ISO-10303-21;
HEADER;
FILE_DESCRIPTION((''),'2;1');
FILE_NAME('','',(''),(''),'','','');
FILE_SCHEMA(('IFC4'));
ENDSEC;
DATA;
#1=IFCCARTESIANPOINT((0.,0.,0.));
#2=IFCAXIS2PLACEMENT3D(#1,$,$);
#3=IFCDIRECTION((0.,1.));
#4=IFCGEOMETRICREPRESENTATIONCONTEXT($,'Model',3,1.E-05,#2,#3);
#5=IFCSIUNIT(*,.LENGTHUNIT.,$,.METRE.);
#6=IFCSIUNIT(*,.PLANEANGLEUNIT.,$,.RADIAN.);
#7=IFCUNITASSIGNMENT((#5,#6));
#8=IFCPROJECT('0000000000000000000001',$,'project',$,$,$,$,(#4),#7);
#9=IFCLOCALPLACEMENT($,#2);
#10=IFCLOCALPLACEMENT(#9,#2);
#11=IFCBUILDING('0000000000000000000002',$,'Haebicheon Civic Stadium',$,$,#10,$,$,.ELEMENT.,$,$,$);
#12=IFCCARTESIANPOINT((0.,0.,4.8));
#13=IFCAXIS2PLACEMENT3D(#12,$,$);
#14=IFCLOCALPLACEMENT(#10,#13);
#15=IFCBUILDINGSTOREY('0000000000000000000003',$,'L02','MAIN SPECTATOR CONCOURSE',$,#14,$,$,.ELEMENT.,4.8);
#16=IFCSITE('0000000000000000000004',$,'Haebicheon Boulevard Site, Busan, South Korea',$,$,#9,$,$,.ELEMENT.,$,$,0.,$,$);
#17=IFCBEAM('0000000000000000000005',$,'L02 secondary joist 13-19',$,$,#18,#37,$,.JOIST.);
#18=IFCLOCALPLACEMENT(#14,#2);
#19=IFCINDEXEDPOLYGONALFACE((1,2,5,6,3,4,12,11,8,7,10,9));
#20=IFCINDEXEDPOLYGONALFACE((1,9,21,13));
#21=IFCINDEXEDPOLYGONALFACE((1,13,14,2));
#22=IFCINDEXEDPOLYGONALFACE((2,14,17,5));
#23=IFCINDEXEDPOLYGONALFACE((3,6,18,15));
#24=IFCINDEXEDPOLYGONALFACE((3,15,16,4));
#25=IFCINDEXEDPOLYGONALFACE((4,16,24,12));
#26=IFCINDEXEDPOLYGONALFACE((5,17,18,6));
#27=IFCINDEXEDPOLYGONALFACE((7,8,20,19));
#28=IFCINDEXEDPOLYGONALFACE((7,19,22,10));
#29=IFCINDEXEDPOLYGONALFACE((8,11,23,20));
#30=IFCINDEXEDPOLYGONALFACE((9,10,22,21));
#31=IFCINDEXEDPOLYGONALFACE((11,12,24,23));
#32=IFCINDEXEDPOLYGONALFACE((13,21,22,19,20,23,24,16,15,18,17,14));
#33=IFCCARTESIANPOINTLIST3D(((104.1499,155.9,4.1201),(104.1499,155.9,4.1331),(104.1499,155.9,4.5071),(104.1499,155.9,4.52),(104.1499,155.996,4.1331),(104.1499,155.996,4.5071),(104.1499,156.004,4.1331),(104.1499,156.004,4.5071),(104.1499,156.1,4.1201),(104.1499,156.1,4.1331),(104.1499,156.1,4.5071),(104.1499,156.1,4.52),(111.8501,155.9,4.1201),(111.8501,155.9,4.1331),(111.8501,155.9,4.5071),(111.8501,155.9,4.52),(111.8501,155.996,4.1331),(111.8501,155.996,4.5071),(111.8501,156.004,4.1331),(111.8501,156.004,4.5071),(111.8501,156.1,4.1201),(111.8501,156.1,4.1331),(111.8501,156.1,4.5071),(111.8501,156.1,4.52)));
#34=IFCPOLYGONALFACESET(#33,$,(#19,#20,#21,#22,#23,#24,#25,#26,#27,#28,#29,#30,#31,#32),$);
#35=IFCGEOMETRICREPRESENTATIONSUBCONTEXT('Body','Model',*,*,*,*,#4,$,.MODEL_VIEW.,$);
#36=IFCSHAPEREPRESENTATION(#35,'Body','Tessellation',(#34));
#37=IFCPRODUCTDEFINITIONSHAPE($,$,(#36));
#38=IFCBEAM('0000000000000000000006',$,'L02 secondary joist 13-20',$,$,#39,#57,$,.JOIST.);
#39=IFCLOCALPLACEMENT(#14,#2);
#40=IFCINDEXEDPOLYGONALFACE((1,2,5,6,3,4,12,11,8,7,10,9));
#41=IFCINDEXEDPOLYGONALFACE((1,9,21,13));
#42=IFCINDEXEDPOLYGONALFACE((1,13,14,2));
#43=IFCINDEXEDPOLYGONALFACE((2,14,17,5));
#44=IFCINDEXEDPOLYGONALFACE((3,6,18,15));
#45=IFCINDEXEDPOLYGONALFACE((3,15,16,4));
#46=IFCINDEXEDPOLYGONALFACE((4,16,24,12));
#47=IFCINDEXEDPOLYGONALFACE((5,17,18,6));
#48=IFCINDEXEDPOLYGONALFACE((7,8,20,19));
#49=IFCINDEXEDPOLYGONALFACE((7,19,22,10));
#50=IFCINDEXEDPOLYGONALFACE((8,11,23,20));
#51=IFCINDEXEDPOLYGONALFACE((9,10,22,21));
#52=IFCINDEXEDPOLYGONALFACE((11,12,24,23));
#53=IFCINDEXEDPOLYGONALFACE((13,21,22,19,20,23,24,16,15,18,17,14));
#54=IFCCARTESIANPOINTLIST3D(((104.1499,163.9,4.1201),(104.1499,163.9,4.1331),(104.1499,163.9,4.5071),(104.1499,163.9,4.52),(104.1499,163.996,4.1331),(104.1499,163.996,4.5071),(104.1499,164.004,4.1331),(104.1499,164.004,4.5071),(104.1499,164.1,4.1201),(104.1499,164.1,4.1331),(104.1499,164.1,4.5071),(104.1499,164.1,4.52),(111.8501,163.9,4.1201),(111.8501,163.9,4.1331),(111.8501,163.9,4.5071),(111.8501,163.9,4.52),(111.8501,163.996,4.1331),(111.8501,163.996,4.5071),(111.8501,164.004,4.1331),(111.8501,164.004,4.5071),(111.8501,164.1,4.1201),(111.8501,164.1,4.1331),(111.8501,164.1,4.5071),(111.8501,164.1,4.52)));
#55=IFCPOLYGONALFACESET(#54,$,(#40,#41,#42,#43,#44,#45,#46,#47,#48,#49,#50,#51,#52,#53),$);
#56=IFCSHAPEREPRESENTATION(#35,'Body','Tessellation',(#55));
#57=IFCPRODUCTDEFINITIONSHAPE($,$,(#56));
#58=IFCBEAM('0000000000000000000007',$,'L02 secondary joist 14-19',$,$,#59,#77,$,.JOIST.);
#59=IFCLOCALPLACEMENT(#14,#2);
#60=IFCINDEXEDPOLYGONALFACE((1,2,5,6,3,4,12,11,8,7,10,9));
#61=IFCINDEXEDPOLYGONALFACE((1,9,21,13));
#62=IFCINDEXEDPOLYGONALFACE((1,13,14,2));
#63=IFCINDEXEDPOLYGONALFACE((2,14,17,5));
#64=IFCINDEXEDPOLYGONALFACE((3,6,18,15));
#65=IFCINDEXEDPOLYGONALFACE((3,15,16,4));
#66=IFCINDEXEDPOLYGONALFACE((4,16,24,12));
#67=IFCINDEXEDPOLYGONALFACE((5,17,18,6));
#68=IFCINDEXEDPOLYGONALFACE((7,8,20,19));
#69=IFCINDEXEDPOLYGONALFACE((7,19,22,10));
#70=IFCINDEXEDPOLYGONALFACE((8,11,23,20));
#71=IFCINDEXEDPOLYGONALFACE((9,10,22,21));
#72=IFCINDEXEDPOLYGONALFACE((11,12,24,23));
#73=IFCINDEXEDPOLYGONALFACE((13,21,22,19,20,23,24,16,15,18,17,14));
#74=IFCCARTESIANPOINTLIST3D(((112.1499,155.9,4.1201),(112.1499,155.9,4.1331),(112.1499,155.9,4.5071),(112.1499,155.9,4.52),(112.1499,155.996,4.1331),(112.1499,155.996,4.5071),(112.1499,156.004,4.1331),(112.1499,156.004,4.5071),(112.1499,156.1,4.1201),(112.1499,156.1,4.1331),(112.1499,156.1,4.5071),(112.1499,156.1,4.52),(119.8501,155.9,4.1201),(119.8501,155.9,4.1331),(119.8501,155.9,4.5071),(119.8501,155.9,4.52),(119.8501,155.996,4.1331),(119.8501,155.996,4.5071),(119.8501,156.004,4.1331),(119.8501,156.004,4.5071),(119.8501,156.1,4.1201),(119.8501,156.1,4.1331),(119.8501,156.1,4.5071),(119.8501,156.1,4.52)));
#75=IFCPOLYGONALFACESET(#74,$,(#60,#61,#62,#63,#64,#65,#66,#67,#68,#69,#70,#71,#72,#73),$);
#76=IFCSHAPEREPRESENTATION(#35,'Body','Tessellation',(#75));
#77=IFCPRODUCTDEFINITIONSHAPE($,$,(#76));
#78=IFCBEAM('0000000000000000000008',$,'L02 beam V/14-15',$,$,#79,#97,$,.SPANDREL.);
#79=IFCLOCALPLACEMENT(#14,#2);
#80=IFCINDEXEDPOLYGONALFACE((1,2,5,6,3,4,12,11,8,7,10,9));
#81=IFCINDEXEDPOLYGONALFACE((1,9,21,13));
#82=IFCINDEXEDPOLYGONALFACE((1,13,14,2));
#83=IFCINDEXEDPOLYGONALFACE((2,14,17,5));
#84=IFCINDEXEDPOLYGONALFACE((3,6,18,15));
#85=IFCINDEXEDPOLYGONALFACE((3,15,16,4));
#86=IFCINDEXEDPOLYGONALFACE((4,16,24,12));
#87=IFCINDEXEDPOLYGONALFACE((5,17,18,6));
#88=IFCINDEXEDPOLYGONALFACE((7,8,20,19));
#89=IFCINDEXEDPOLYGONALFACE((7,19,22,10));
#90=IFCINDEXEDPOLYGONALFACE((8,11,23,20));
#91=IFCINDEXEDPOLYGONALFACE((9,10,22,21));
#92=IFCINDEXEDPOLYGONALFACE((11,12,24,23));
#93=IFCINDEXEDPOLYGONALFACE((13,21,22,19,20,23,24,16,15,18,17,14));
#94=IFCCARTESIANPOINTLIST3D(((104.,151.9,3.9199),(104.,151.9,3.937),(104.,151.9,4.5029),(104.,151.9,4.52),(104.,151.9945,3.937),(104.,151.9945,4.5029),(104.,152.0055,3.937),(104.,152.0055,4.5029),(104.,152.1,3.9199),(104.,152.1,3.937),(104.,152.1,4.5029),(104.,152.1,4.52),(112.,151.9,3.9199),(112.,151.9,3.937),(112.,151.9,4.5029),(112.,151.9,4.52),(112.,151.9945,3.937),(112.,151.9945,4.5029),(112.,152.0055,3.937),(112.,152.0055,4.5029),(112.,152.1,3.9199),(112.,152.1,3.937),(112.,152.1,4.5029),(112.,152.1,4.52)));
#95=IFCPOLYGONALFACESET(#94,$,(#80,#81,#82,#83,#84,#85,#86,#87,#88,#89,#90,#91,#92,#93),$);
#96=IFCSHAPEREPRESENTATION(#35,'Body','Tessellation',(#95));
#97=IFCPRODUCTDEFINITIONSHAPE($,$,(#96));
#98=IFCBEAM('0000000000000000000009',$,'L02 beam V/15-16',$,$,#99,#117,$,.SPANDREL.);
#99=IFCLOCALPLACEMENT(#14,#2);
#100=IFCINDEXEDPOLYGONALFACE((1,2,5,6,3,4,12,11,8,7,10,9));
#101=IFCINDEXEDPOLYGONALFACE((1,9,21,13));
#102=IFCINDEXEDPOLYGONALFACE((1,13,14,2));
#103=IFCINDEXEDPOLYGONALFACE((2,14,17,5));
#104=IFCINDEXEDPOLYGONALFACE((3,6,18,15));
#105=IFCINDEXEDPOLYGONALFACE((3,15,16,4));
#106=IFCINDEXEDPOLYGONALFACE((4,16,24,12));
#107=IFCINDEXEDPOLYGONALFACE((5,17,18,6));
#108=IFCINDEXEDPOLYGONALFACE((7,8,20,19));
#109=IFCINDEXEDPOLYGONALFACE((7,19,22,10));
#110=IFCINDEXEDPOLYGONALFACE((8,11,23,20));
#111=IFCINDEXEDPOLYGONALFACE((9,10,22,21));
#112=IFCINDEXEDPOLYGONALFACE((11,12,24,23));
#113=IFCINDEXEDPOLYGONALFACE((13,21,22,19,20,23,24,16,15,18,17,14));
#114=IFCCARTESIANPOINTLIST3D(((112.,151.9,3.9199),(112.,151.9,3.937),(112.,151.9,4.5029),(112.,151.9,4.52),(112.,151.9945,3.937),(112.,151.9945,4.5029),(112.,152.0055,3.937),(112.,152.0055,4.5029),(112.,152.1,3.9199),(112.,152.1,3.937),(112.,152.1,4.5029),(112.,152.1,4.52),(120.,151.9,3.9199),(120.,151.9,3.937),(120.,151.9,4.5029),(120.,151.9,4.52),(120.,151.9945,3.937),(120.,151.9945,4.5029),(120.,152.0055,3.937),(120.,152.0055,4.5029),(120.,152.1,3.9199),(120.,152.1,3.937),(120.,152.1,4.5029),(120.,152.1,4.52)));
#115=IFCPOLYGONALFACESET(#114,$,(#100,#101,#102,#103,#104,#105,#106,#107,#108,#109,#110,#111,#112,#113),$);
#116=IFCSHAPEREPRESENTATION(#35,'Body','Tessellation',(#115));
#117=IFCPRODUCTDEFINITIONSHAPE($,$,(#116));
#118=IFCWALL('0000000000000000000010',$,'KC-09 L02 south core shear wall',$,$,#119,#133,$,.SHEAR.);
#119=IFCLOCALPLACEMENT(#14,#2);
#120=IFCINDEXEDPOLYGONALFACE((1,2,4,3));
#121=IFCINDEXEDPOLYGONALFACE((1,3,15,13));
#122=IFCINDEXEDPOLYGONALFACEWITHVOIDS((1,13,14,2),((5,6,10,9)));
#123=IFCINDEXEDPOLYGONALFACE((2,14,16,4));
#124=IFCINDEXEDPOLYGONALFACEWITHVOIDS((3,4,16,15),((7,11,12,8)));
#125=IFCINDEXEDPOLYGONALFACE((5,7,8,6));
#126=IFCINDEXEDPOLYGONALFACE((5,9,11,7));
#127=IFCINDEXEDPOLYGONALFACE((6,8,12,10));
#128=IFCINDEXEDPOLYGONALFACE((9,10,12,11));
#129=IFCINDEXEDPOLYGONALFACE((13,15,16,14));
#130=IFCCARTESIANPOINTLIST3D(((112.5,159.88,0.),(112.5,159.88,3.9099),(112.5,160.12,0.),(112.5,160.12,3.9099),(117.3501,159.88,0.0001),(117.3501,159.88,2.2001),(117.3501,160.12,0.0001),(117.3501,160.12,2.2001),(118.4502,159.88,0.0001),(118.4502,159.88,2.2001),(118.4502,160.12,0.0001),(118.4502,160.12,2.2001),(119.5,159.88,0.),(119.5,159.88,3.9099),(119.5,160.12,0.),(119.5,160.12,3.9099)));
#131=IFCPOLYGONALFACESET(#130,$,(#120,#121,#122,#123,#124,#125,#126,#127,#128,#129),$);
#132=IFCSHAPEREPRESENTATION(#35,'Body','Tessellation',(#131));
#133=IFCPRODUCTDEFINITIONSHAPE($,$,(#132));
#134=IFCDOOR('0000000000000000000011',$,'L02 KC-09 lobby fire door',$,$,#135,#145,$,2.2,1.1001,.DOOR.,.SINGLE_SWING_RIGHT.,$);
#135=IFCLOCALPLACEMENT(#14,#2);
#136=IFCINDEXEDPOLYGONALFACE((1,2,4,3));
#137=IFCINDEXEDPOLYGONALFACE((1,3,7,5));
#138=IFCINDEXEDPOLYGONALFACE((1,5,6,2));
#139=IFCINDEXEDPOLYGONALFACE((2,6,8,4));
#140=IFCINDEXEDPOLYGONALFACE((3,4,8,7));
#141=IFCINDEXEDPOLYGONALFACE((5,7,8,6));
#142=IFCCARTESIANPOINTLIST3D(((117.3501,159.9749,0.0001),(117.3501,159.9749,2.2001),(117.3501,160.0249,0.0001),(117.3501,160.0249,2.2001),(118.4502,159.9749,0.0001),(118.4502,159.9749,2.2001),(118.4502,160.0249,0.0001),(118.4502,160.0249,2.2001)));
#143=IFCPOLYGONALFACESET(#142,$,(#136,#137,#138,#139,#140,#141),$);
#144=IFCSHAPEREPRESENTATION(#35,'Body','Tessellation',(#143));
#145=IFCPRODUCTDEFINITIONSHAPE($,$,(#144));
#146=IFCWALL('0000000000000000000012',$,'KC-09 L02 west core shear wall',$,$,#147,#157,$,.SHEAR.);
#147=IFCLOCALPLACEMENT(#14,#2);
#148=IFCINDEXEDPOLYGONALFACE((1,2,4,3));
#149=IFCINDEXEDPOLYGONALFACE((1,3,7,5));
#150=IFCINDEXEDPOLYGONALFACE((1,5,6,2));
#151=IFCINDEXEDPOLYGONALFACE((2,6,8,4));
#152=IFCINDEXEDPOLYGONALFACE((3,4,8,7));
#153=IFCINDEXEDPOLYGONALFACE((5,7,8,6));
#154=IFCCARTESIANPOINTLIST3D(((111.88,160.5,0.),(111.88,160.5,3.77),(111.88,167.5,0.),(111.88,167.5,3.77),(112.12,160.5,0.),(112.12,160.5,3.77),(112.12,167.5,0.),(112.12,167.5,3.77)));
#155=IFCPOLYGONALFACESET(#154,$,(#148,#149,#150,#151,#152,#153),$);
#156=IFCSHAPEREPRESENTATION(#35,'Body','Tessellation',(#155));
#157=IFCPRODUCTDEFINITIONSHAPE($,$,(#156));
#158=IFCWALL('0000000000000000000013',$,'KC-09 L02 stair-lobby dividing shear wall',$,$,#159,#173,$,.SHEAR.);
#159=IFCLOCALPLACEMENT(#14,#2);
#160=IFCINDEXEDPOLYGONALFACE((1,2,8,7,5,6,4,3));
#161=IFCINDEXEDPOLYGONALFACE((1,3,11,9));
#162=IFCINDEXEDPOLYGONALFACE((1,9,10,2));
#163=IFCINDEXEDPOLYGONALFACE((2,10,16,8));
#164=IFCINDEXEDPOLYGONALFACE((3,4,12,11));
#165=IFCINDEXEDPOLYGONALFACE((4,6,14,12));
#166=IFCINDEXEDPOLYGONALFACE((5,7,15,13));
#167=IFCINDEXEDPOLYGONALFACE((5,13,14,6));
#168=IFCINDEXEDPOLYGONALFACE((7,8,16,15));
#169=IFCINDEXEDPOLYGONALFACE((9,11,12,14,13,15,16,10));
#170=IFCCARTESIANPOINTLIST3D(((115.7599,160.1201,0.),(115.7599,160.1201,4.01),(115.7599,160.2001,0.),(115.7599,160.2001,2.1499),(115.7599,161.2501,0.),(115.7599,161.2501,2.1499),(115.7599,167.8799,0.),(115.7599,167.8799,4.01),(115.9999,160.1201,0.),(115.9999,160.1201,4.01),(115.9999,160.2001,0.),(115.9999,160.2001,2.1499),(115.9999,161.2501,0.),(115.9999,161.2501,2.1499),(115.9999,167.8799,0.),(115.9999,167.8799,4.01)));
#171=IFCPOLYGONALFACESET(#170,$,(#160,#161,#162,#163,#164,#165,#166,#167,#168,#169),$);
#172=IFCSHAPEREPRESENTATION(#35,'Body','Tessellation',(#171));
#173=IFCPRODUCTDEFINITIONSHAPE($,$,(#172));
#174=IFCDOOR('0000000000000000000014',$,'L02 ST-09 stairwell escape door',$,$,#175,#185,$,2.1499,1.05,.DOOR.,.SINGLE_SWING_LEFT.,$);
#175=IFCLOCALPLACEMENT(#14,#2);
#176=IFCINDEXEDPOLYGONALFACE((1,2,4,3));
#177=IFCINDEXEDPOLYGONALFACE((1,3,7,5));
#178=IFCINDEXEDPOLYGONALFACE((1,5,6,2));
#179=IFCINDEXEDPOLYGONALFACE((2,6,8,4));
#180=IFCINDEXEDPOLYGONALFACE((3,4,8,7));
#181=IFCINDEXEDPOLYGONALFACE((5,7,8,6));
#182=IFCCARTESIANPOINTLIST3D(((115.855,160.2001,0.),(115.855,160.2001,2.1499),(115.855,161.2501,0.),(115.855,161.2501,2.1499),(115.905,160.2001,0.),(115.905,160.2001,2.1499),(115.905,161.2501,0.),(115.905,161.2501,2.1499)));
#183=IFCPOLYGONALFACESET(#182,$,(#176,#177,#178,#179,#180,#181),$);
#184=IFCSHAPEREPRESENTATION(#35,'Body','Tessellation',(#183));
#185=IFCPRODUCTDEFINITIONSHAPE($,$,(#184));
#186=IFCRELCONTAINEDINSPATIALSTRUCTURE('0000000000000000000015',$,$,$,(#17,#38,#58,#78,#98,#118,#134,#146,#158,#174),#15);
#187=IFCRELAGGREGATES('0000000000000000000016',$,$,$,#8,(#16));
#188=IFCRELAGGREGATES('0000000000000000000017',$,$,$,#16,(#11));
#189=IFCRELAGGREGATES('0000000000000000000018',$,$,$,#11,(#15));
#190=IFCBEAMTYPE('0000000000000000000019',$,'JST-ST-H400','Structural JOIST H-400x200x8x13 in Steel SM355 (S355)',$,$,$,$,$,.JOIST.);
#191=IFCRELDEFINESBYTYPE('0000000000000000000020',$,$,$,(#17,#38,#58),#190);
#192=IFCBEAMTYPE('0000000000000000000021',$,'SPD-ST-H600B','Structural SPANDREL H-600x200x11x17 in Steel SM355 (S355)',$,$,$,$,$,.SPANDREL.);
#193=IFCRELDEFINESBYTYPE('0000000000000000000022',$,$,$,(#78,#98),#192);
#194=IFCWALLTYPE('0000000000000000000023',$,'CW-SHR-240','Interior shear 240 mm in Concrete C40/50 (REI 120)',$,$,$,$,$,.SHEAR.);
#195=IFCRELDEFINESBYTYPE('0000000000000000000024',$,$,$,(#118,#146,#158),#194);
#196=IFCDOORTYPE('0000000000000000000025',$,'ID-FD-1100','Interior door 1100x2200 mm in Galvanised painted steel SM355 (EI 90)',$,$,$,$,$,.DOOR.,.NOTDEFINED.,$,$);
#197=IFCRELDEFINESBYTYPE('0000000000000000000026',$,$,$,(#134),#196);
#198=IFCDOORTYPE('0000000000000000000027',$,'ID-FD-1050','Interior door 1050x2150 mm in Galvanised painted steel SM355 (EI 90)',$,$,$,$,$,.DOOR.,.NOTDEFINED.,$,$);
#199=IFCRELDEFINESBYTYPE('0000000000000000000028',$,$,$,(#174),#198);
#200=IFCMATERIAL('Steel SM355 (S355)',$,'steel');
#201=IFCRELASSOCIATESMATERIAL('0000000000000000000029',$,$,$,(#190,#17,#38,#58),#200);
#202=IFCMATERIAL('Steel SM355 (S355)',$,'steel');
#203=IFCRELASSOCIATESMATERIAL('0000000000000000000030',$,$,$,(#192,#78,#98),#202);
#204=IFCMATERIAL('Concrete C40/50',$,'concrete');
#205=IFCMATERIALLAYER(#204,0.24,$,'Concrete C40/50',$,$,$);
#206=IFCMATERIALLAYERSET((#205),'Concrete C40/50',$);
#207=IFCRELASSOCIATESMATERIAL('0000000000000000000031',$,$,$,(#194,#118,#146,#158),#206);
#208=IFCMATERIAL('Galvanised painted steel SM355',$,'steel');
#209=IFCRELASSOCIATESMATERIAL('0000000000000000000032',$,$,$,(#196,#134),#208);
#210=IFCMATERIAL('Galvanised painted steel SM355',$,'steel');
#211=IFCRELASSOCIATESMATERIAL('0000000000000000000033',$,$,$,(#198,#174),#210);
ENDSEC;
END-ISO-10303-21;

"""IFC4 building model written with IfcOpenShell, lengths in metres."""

from ifc_helpers import new_model, si_unit, direction, frame, frame_2d, origin, origin_2d, place, context, subcontext, project, spatial, rectangle, i_section, extrude, material, layer, layer_set, material_profile, profile_set, type_object, element, fill, save


model = new_model("IFC4")

# Units and contexts
model_context = context("Model", 3, precision=1e-05, world=origin(), true_north=direction((0.0, 1.0)))
body_context = subcontext(model_context, "Body", "Model", "MODEL_VIEW")
ifc_project = project(units=[si_unit("LENGTHUNIT", "METRE"), si_unit("PLANEANGLEUNIT", "RADIAN")], contexts=[model_context])

# Site, building, storey
site_placement = place(None, origin())
site = spatial("IfcSite", under=ifc_project, at=site_placement, Name="Haebicheon Boulevard Site, Busan, South Korea", CompositionType="ELEMENT", RefElevation=0.0)
building_placement = place(site_placement, origin())
building = spatial("IfcBuilding", under=site, at=building_placement, Name="Haebicheon Civic Stadium", CompositionType="ELEMENT")
storey_placement = place(building_placement, frame((0.0, 0.0, 4.8)))
storey = spatial("IfcBuildingStorey", under=building, at=storey_placement, Name="L02", Description="MAIN SPECTATOR CONCOURSE", CompositionType="ELEMENT", Elevation=4.8)

# Beams
ifc_material_1 = material(Name="Steel SM355 (S355)", Category="steel")
ifc_material_profile_1 = material_profile(ifc_material_1, i_section(OverallWidth=0.2, OverallDepth=0.3999, WebThickness=0.0081, FlangeThickness=0.0129, at=origin_2d()), Name="H-400x200x8x13")
ifc_profile_set_1 = profile_set([ifc_material_profile_1], Name="Steel SM355 (S355)")
beam_type_1 = type_object("IfcBeamType", Name="JST-ST-H400", Description="Structural JOIST H-400x200x8x13 in Steel SM355 (S355)", PredefinedType="JOIST", material=ifc_profile_set_1)
for number, where, z_axis, x_axis, name in (
    (1, (104.1499, 156.0, 4.3201), (1.0, 0.0, 0.0), (0.0, 1.0, 0.0), "L02 secondary joist 13-19"),
    (2, (104.1499, 164.0, 4.3201), (1.0, 0.0, 0.0), (0.0, 1.0, 0.0), "L02 secondary joist 13-20"),
    (3, (112.1499, 156.0, 4.3201), (1.0, 0.0, 0.0), (0.0, 1.0, 0.0), "L02 secondary joist 14-19"),
):
    element("IfcBeam", number, at=place(storey_placement, frame(where, z_axis=z_axis, x_axis=x_axis)), inside=storey, type_object=beam_type_1, material=ifc_profile_set_1, Name=name, PredefinedType="JOIST", context=body_context, shape_type="SweptSolid", body=[
        extrude(i_section(OverallWidth=0.2, OverallDepth=0.3999, WebThickness=0.0081, FlangeThickness=0.0129, at=origin_2d()), origin(), (0.0, 0.0, 1.0), 7.7002),
    ])
ifc_material_2 = material(Name="Steel SM355 (S355)", Category="steel")
ifc_material_profile_2 = material_profile(ifc_material_2, i_section(OverallWidth=0.2, OverallDepth=0.6001, WebThickness=0.011, FlangeThickness=0.0171, at=origin_2d()), Name="H-600x200x11x17")
ifc_profile_set_2 = profile_set([ifc_material_profile_2], Name="Steel SM355 (S355)")
beam_type_2 = type_object("IfcBeamType", Name="SPD-ST-H600B", Description="Structural SPANDREL H-600x200x11x17 in Steel SM355 (S355)", PredefinedType="SPANDREL", material=ifc_profile_set_2)
for number, where, z_axis, x_axis, name in (
    (4, (104.0, 152.0, 4.22), (1.0, 0.0, 0.0), (0.0, 1.0, 0.0), "L02 beam V/14-15"),
    (5, (112.0, 152.0, 4.22), (1.0, 0.0, 0.0), (0.0, 1.0, 0.0), "L02 beam V/15-16"),
):
    element("IfcBeam", number, at=place(storey_placement, frame(where, z_axis=z_axis, x_axis=x_axis)), inside=storey, type_object=beam_type_2, material=ifc_profile_set_2, Name=name, PredefinedType="SPANDREL", context=body_context, shape_type="SweptSolid", body=[
        extrude(i_section(OverallWidth=0.2, OverallDepth=0.6001, WebThickness=0.011, FlangeThickness=0.0171, at=origin_2d()), origin(), (0.0, 0.0, 1.0), 8.0),
    ])

# Wall, opening, door
ifc_material_3 = material(Name="Concrete C40/50", Category="concrete")
ifc_layer = layer(ifc_material_3, 0.24, Name="Concrete C40/50")
ifc_layer_set = layer_set([ifc_layer], Name="Concrete C40/50")
wall_type = type_object("IfcWallType", Name="CW-SHR-240", Description="Interior shear 240 mm in Concrete C40/50 (REI 120)", PredefinedType="SHEAR", material=ifc_layer_set)
wall_1_placement = place(storey_placement, frame((112.5, 160.0, 0.0), z_axis=(0.0, 0.0, 1.0), x_axis=(1.0, 0.0, 0.0)))
wall_1 = element("IfcWall", 6, at=wall_1_placement, inside=storey, type_object=wall_type, material=ifc_layer_set, Name="KC-09 L02 south core shear wall", PredefinedType="SHEAR", context=body_context, shape_type="SweptSolid", body=[
    extrude(rectangle(XDim=7.0, YDim=0.24, at=frame_2d((3.5, 0.0))), origin(), (0.0, 0.0, 1.0), 3.9099),
])
opening_1_placement = place(wall_1_placement, frame((4.8501, 0.0, 0.0)))
opening_1 = element("IfcOpeningElement", 7, at=opening_1_placement, cuts=wall_1, PredefinedType="OPENING", context=body_context, shape_type="SweptSolid", body=[
    extrude(rectangle(XDim=1.1001, YDim=2.2, at=frame_2d((0.55, 1.1001))), frame((0.0, 0.1299, 0.0), z_axis=(0.0, -1.0, 0.0), x_axis=(1.0, 0.0, 0.0)), (0.0, 0.0, 1.0), 0.26),
])
ifc_material_4 = material(Name="Galvanised painted steel SM355", Category="steel")
door_type_1 = type_object("IfcDoorType", Name="ID-FD-1100", Description="Interior door 1100x2200 mm in Galvanised painted steel SM355 (EI 90)", OperationType="NOTDEFINED", PredefinedType="DOOR", material=ifc_material_4)
door_1_placement = place(opening_1_placement, origin())
door_1 = element("IfcDoor", 8, at=door_1_placement, inside=storey, type_object=door_type_1, material=ifc_material_4, Name="L02 KC-09 lobby fire door", OperationType="SINGLE_SWING_RIGHT", OverallHeight=2.2, OverallWidth=1.1001, PredefinedType="DOOR", context=body_context, shape_type="SweptSolid", body=[
    extrude(rectangle(XDim=1.1001, YDim=2.2, at=frame_2d((0.55, 1.1001))), frame((0.0, 0.0249, 0.0), z_axis=(0.0, -1.0, 0.0), x_axis=(1.0, 0.0, 0.0)), (0.0, 0.0, 1.0), 0.05),
])
fill(opening_1, door_1)

# Wall
wall_2_placement = place(storey_placement, frame((112.0, 160.5, 0.0), z_axis=(0.0, 0.0, 1.0), x_axis=(0.0, 1.0, 0.0)))
element("IfcWall", 9, at=wall_2_placement, inside=storey, type_object=wall_type, material=ifc_layer_set, Name="KC-09 L02 west core shear wall", PredefinedType="SHEAR", context=body_context, shape_type="SweptSolid", body=[
    extrude(rectangle(XDim=7.0, YDim=0.24, at=frame_2d((3.5, 0.0))), origin(), (0.0, 0.0, 1.0), 3.77),
])

# Wall, opening, door
wall_3_placement = place(storey_placement, frame((115.8799, 160.1201, 0.0), z_axis=(0.0, 0.0, 1.0), x_axis=(0.0, 1.0, 0.0)))
wall_3 = element("IfcWall", 10, at=wall_3_placement, inside=storey, type_object=wall_type, material=ifc_layer_set, Name="KC-09 L02 stair-lobby dividing shear wall", PredefinedType="SHEAR", context=body_context, shape_type="SweptSolid", body=[
    extrude(rectangle(XDim=7.7598, YDim=0.24, at=frame_2d((3.8799, 0.0))), origin(), (0.0, 0.0, 1.0), 4.01),
])
opening_2_placement = place(wall_3_placement, frame((0.0801, 0.0, 0.0)))
opening_2 = element("IfcOpeningElement", 11, at=opening_2_placement, cuts=wall_3, PredefinedType="OPENING", context=body_context, shape_type="SweptSolid", body=[
    extrude(rectangle(XDim=1.05, YDim=2.1499, at=frame_2d((0.5249, 1.075))), frame((0.0, 0.1299, 0.0), z_axis=(0.0, -1.0, 0.0), x_axis=(1.0, 0.0, 0.0)), (0.0, 0.0, 1.0), 0.26),
])
ifc_material_5 = material(Name="Galvanised painted steel SM355", Category="steel")
door_type_2 = type_object("IfcDoorType", Name="ID-FD-1050", Description="Interior door 1050x2150 mm in Galvanised painted steel SM355 (EI 90)", OperationType="NOTDEFINED", PredefinedType="DOOR", material=ifc_material_5)
door_2_placement = place(opening_2_placement, origin())
door_2 = element("IfcDoor", 12, at=door_2_placement, inside=storey, type_object=door_type_2, material=ifc_material_5, Name="L02 ST-09 stairwell escape door", OperationType="SINGLE_SWING_LEFT", OverallHeight=2.1499, OverallWidth=1.05, PredefinedType="DOOR", context=body_context, shape_type="SweptSolid", body=[
    extrude(rectangle(XDim=1.05, YDim=2.1499, at=frame_2d((0.5249, 1.075))), frame((0.0, 0.0249, 0.0), z_axis=(0.0, -1.0, 0.0), x_axis=(1.0, 0.0, 0.0)), (0.0, 0.0, 1.0), 0.05),
])
fill(opening_2, door_2)

save(model, "model.ifc")
